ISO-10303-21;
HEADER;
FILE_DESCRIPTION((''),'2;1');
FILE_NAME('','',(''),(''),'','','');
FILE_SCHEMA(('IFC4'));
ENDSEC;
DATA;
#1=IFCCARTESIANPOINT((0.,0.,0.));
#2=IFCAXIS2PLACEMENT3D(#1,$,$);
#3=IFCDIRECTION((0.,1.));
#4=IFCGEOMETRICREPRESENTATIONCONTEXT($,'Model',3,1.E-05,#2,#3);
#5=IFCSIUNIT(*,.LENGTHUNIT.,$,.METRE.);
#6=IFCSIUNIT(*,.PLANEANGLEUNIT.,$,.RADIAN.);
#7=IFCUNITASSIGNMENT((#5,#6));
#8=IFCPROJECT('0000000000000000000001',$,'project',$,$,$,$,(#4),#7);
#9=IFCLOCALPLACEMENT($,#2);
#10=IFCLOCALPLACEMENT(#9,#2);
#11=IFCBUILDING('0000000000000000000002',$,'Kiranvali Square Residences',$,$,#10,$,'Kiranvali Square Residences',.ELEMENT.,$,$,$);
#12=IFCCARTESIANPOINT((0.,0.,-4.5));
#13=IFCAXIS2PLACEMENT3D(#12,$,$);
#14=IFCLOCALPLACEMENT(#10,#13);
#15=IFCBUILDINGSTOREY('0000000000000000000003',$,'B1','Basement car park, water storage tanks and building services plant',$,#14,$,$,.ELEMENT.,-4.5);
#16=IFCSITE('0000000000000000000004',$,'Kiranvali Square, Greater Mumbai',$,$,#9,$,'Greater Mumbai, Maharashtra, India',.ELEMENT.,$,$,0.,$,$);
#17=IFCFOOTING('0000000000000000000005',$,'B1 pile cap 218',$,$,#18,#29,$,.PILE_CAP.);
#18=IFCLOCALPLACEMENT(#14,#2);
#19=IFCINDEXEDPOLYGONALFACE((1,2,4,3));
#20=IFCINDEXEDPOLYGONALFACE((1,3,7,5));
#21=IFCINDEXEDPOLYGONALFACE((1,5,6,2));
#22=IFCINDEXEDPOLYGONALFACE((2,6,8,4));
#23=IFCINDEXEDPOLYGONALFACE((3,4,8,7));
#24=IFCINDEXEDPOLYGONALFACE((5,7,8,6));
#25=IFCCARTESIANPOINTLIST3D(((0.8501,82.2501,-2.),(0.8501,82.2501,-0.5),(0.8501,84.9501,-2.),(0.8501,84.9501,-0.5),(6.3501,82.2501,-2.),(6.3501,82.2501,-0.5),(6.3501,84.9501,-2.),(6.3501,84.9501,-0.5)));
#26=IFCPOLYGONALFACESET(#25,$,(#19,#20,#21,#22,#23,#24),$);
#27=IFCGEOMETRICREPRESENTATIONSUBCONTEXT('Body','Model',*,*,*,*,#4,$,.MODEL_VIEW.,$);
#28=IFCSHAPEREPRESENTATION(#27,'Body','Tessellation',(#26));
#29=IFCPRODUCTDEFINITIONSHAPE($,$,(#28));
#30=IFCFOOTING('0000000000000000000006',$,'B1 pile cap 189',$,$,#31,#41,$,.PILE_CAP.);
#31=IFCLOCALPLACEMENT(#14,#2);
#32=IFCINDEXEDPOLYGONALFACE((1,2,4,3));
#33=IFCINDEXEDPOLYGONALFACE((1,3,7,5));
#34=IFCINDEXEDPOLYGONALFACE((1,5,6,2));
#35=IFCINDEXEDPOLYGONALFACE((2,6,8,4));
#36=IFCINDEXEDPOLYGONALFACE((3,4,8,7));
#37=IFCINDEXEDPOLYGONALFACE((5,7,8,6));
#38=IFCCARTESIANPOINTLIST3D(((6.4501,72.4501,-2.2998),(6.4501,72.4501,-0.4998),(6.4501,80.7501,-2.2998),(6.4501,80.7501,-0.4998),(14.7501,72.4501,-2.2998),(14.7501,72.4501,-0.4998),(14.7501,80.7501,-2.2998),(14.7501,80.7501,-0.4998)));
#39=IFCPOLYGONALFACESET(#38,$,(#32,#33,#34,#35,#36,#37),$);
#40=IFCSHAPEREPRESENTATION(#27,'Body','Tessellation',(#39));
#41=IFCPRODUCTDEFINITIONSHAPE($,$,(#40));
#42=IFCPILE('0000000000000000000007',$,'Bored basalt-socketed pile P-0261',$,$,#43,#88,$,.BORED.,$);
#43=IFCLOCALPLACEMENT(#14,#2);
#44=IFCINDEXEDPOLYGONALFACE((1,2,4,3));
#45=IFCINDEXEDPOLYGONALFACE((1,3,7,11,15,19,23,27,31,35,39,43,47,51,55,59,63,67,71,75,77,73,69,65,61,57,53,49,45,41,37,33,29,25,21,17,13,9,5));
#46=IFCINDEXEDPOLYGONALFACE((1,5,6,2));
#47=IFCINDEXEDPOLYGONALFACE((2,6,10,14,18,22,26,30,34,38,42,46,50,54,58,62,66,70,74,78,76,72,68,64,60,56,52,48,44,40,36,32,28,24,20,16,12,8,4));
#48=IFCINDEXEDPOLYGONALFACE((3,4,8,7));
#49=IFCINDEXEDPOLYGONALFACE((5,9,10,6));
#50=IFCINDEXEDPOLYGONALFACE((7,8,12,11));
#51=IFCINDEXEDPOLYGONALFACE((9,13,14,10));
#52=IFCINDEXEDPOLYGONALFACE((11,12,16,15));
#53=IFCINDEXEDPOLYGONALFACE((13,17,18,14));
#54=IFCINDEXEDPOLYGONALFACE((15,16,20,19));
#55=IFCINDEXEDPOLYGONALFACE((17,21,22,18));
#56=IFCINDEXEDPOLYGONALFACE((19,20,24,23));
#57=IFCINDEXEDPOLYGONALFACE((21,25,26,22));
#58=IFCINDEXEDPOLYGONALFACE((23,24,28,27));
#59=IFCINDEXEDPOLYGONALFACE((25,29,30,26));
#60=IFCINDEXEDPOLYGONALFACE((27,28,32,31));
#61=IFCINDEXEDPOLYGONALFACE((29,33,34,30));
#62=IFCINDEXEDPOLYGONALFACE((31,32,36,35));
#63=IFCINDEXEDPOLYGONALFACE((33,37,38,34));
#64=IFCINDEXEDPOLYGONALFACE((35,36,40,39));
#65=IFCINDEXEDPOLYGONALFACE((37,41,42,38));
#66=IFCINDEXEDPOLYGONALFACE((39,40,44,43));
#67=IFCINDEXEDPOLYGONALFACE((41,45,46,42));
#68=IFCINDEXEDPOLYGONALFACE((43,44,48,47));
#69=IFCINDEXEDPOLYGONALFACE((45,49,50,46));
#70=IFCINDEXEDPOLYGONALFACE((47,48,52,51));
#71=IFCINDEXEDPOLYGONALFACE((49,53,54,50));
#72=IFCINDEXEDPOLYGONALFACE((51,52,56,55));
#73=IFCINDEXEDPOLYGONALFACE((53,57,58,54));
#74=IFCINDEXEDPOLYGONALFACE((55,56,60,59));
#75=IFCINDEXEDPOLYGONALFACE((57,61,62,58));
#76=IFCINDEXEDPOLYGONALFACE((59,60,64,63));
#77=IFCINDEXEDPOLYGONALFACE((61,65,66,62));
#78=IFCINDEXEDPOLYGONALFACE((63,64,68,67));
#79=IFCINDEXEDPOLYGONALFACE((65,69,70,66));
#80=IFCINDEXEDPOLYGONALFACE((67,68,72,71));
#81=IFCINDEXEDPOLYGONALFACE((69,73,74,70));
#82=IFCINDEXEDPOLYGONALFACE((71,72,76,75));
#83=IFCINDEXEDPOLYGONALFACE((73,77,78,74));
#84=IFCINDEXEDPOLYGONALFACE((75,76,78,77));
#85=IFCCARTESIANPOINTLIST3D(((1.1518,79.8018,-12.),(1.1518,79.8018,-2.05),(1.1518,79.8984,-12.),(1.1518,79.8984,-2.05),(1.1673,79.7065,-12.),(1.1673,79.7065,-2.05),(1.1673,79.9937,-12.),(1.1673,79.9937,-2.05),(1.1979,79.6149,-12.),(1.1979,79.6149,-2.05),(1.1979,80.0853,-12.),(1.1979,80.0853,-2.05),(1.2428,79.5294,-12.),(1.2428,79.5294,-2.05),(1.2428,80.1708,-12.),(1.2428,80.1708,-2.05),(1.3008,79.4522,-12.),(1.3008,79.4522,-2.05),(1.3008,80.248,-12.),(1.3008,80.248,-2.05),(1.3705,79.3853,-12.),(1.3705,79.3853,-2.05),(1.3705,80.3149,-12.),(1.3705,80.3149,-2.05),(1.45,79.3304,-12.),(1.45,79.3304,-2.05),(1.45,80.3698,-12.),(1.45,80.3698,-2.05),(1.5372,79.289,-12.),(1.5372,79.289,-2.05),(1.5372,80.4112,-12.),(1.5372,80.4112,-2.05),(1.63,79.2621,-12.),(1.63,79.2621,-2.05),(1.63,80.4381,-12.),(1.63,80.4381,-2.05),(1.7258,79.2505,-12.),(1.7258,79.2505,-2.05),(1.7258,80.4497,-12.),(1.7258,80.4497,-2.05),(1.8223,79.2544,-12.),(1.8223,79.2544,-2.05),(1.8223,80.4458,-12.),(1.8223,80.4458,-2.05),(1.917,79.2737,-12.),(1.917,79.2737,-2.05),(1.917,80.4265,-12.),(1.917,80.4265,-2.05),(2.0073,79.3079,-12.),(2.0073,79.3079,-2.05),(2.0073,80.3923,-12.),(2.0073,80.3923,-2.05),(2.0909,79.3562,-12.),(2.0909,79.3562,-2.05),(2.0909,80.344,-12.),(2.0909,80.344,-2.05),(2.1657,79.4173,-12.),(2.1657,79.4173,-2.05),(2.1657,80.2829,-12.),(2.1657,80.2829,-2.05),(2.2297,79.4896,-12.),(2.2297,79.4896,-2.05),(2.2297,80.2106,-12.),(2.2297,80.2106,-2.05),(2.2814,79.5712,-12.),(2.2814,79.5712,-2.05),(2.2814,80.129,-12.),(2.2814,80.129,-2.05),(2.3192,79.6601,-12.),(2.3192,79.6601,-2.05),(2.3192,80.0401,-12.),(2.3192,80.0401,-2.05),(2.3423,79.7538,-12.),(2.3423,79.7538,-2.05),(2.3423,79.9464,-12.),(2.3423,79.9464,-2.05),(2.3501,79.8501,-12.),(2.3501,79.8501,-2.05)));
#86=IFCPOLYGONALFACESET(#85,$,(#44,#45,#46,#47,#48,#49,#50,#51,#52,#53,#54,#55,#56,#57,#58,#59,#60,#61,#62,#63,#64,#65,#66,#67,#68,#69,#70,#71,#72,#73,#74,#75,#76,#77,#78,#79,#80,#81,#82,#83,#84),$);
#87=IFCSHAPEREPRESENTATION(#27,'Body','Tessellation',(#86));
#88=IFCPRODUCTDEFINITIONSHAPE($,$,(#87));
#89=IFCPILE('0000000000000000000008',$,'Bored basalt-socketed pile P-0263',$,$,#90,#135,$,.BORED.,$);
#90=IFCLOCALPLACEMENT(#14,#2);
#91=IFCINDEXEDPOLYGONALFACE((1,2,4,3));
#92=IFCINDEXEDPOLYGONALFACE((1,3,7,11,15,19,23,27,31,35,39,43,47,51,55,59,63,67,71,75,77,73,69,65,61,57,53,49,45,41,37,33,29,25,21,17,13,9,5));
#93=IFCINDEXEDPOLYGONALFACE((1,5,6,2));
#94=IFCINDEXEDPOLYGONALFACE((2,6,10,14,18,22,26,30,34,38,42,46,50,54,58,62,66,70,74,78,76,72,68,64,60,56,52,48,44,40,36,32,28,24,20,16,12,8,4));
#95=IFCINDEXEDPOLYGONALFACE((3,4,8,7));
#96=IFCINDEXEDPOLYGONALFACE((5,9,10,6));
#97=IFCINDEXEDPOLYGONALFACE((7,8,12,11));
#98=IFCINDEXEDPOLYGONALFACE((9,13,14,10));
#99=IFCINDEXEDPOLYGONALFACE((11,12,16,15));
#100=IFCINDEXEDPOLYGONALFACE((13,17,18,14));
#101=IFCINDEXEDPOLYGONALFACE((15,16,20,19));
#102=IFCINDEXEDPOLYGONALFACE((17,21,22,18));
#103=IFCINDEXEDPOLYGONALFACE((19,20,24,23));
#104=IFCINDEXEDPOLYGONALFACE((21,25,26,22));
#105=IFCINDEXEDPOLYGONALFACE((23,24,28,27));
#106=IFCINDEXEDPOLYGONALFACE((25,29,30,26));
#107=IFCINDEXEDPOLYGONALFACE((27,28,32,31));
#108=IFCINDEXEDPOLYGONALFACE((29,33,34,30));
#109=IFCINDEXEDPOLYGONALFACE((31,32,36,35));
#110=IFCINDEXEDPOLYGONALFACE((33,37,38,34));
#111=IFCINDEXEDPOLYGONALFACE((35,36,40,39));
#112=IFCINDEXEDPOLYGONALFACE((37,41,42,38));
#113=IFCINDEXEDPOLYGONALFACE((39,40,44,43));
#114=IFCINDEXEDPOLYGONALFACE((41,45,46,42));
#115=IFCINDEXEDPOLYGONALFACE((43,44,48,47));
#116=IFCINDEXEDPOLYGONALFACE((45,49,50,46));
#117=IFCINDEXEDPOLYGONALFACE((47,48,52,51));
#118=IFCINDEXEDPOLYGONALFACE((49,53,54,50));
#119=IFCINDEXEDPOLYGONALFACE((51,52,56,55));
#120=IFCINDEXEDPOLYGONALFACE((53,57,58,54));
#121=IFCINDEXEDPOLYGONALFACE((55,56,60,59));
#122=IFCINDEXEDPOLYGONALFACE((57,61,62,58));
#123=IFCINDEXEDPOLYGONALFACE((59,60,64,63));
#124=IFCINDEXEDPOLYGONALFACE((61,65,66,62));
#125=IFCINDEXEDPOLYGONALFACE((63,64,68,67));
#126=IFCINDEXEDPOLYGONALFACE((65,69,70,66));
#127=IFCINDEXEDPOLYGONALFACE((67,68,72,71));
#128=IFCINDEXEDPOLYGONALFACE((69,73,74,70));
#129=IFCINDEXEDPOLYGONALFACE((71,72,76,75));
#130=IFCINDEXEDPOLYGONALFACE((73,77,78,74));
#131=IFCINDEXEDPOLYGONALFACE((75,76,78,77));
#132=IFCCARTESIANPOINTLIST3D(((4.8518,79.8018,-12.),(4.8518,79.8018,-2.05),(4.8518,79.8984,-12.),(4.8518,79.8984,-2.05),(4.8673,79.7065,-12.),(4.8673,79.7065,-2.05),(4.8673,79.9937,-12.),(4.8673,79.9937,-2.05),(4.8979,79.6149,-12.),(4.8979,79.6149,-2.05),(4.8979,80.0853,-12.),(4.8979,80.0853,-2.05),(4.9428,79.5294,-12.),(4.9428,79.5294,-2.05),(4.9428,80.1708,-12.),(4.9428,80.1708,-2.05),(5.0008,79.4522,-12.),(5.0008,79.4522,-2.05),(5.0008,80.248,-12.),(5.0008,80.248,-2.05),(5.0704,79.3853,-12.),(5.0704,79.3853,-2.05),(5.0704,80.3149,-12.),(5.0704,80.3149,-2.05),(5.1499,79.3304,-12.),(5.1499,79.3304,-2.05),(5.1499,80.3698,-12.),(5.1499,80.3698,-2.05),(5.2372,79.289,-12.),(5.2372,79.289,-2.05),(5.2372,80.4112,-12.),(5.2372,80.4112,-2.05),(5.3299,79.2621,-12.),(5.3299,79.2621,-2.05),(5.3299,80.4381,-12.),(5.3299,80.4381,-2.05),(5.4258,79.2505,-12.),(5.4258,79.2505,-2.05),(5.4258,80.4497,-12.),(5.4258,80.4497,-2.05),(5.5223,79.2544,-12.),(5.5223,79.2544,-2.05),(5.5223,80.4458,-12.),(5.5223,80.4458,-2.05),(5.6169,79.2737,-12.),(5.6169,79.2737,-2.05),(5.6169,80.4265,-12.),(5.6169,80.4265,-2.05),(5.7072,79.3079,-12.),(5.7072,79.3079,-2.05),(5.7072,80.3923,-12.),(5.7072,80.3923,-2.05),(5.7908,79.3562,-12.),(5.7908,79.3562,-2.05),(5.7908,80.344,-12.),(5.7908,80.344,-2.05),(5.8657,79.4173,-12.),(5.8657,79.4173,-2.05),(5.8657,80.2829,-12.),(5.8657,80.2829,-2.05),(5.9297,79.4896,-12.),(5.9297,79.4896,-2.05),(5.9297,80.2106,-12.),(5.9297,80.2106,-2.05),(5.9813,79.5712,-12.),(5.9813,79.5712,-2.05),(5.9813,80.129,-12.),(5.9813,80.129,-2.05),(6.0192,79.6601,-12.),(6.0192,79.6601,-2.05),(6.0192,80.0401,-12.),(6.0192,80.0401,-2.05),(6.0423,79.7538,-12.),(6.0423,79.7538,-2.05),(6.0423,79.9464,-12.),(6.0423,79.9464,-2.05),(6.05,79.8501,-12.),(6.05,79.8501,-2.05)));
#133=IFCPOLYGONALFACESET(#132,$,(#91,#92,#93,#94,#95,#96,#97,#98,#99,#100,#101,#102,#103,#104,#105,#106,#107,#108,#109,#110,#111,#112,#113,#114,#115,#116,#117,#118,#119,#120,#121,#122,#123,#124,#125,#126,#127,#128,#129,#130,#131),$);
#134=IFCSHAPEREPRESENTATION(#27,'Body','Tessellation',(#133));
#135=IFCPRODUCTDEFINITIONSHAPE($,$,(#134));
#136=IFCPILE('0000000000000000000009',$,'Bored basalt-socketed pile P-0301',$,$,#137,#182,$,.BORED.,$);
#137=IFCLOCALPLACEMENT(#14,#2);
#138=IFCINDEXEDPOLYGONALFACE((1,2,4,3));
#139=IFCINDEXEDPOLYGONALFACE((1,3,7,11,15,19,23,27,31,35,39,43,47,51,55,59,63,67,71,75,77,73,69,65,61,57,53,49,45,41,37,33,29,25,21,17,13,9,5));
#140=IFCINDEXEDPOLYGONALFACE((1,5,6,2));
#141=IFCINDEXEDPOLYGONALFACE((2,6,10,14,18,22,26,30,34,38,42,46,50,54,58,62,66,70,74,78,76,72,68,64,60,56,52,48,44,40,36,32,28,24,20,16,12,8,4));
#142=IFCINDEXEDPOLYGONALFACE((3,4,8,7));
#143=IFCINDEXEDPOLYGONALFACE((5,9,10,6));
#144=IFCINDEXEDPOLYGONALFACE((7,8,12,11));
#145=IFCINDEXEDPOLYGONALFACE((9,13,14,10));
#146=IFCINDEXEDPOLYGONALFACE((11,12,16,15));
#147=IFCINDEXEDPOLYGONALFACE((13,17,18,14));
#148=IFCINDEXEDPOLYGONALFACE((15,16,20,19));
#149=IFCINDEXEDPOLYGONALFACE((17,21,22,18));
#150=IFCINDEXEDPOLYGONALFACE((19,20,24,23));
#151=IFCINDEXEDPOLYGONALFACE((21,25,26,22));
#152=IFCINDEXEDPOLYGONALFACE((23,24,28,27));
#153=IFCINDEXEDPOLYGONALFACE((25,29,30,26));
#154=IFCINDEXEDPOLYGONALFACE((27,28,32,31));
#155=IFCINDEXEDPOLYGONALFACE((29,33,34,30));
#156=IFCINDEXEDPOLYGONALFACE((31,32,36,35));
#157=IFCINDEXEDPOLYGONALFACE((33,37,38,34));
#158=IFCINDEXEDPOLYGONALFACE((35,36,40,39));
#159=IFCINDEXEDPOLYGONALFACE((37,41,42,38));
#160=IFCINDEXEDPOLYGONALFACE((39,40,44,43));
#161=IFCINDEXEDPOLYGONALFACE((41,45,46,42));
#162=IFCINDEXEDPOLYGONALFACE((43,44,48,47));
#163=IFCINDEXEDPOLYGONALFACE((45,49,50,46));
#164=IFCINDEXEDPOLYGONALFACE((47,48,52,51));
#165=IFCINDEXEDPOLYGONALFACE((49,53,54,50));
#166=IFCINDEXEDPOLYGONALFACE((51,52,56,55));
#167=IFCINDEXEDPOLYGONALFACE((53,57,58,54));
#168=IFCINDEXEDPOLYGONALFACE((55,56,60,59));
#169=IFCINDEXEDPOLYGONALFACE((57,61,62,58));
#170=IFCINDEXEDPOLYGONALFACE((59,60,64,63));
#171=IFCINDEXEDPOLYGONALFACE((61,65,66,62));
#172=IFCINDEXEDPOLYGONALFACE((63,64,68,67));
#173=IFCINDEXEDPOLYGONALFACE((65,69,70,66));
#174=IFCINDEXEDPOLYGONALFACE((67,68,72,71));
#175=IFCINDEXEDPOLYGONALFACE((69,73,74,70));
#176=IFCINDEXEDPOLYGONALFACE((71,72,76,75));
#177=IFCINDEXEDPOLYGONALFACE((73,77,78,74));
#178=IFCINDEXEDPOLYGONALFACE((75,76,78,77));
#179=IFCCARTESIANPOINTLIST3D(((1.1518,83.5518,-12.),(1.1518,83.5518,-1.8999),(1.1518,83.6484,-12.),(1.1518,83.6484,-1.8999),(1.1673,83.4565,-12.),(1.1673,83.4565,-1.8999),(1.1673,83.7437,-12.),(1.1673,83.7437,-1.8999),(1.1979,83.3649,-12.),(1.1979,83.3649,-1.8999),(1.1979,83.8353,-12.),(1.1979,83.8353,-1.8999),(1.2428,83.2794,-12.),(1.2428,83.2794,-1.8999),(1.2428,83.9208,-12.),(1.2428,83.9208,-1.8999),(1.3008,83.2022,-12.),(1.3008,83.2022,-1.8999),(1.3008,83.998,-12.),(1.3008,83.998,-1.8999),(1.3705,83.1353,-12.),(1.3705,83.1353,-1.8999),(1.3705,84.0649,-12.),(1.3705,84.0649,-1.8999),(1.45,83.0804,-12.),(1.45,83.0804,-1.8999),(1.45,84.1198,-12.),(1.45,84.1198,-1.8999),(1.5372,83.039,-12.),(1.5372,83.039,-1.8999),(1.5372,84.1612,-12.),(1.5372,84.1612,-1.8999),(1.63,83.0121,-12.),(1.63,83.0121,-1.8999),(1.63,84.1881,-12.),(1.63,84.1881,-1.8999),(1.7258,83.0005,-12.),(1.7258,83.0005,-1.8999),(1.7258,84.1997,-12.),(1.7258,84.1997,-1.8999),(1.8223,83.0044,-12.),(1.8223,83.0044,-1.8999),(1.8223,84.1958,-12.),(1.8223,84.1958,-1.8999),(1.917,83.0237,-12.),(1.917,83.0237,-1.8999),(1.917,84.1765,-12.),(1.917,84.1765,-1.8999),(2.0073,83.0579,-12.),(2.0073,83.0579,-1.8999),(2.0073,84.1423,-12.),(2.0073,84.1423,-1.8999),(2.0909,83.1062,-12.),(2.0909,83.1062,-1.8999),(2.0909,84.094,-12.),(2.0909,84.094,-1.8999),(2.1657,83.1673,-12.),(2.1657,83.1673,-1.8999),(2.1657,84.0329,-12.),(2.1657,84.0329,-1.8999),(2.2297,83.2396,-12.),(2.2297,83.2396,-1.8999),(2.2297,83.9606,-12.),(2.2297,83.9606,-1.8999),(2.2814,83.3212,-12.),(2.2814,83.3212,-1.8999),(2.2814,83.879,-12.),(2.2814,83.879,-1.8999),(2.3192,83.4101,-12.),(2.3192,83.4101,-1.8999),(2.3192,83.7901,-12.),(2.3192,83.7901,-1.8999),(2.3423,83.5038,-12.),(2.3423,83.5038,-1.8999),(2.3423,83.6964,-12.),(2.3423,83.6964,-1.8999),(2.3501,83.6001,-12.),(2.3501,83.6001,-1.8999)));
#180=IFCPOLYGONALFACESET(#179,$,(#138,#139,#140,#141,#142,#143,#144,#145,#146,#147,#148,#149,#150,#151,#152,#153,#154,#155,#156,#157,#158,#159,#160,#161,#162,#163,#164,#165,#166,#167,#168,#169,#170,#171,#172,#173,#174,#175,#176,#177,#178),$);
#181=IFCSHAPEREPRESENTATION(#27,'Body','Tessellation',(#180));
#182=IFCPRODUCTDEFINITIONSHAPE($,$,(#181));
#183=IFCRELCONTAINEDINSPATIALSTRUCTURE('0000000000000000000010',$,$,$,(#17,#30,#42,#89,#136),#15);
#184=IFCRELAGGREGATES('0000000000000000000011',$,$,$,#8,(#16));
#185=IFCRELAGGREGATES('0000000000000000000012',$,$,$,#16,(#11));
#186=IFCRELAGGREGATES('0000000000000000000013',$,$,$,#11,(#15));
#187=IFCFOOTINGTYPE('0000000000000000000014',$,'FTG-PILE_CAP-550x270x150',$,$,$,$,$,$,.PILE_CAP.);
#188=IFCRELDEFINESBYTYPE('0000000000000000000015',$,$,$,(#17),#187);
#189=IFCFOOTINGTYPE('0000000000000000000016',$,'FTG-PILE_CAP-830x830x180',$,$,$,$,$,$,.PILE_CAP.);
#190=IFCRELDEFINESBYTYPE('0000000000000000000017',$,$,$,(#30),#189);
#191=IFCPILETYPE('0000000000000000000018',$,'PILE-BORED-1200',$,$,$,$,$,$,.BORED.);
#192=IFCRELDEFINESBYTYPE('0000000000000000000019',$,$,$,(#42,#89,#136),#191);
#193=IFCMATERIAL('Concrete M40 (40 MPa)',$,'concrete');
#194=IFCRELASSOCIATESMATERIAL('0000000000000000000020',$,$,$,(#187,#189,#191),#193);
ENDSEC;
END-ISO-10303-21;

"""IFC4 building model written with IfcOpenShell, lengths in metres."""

from ifc_helpers import new_model, si_unit, direction, frame, origin, origin_2d, place, context, subcontext, project, spatial, rectangle, circle, extrude, material, material_profile, profile_set, type_object, element, save


model = new_model("IFC4")

# Units and contexts
model_context = context("Model", 3, precision=1e-05, world=origin(), true_north=direction((0.0, 1.0)))
body_context = subcontext(model_context, "Body", "Model", "MODEL_VIEW")
ifc_project = project(units=[si_unit("LENGTHUNIT", "METRE"), si_unit("PLANEANGLEUNIT", "RADIAN")], contexts=[model_context])

# Site, building, storey
site_placement = place(None, origin())
site = spatial("IfcSite", under=ifc_project, at=site_placement, Name="Kiranvali Square, Greater Mumbai", LongName="Greater Mumbai, Maharashtra, India", CompositionType="ELEMENT", RefElevation=0.0)
building_placement = place(site_placement, origin())
building = spatial("IfcBuilding", under=site, at=building_placement, Name="Kiranvali Square Residences", LongName="Kiranvali Square Residences", CompositionType="ELEMENT")
storey_placement = place(building_placement, frame((0.0, 0.0, -4.5)))
storey = spatial("IfcBuildingStorey", under=building, at=storey_placement, Name="B1", Description="Basement car park, water storage tanks and building services plant", CompositionType="ELEMENT", Elevation=-4.5)

# Footings
ifc_material_1 = material(Name="Concrete M40 (40 MPa)", Category="concrete")
footing_type_1 = type_object("IfcFootingType", Name="FTG-PILE_CAP-550x270x150", PredefinedType="PILE_CAP", material=ifc_material_1)
footing_1_placement = place(storey_placement, frame((3.6001, 83.6001, -2.0), z_axis=(0.0, 0.0, 1.0), x_axis=(1.0, 0.0, 0.0)))
element("IfcFooting", 1, at=footing_1_placement, inside=storey, type_object=footing_type_1, Name="B1 pile cap 218", PredefinedType="PILE_CAP", context=body_context, shape_type="SweptSolid", body=[
    extrude(rectangle(XDim=5.5, YDim=2.7, at=origin_2d()), origin(), (0.0, 0.0, 1.0), 1.5),
])
footing_type_2 = type_object("IfcFootingType", Name="FTG-PILE_CAP-830x830x180", PredefinedType="PILE_CAP", material=ifc_material_1)
footing_2_placement = place(storey_placement, frame((10.6001, 76.6001, -2.2998), z_axis=(0.0, 0.0, 1.0), x_axis=(1.0, 0.0, 0.0)))
element("IfcFooting", 2, at=footing_2_placement, inside=storey, type_object=footing_type_2, Name="B1 pile cap 189", PredefinedType="PILE_CAP", context=body_context, shape_type="SweptSolid", body=[
    extrude(rectangle(XDim=8.3, YDim=8.3, at=origin_2d()), origin(), (0.0, 0.0, 1.0), 1.8),
])

# Piles
ifc_material_profile_1 = material_profile(ifc_material_1, circle(Radius=0.6001, at=origin_2d()), Name="BORED PILE 1200")
ifc_profile_set_1 = profile_set([ifc_material_profile_1], Name="Concrete M40 (40 MPa)")
pile_type = type_object("IfcPileType", Name="PILE-BORED-1200", PredefinedType="BORED", material=ifc_profile_set_1)
for number, where, z_axis, x_axis, name in (
    (3, (1.75, 79.8501, -2.05), (0.0, 0.0, -1.0), (1.0, 0.0, 0.0), "Bored basalt-socketed pile P-0261"),
    (4, (5.45, 79.8501, -2.05), (0.0, 0.0, -1.0), (1.0, 0.0, 0.0), "Bored basalt-socketed pile P-0263"),
):
    element("IfcPile", number, at=place(storey_placement, frame(where, z_axis=z_axis, x_axis=x_axis)), inside=storey, type_object=pile_type, Name=name, PredefinedType="BORED", context=body_context, shape_type="SweptSolid", body=[
        extrude(circle(Radius=0.6001, at=origin_2d()), origin(), (0.0, 0.0, 1.0), 9.95),
    ])
for number, where, z_axis, x_axis, name in (
    (5, (1.75, 83.6001, -1.8999), (0.0, 0.0, -1.0), (1.0, 0.0, 0.0), "Bored basalt-socketed pile P-0301"),
):
    element("IfcPile", number, at=place(storey_placement, frame(where, z_axis=z_axis, x_axis=x_axis)), inside=storey, type_object=pile_type, Name=name, PredefinedType="BORED", context=body_context, shape_type="SweptSolid", body=[
        extrude(circle(Radius=0.6001, at=origin_2d()), origin(), (0.0, 0.0, 1.0), 10.1001),
    ])

save(model, "model.ifc")
